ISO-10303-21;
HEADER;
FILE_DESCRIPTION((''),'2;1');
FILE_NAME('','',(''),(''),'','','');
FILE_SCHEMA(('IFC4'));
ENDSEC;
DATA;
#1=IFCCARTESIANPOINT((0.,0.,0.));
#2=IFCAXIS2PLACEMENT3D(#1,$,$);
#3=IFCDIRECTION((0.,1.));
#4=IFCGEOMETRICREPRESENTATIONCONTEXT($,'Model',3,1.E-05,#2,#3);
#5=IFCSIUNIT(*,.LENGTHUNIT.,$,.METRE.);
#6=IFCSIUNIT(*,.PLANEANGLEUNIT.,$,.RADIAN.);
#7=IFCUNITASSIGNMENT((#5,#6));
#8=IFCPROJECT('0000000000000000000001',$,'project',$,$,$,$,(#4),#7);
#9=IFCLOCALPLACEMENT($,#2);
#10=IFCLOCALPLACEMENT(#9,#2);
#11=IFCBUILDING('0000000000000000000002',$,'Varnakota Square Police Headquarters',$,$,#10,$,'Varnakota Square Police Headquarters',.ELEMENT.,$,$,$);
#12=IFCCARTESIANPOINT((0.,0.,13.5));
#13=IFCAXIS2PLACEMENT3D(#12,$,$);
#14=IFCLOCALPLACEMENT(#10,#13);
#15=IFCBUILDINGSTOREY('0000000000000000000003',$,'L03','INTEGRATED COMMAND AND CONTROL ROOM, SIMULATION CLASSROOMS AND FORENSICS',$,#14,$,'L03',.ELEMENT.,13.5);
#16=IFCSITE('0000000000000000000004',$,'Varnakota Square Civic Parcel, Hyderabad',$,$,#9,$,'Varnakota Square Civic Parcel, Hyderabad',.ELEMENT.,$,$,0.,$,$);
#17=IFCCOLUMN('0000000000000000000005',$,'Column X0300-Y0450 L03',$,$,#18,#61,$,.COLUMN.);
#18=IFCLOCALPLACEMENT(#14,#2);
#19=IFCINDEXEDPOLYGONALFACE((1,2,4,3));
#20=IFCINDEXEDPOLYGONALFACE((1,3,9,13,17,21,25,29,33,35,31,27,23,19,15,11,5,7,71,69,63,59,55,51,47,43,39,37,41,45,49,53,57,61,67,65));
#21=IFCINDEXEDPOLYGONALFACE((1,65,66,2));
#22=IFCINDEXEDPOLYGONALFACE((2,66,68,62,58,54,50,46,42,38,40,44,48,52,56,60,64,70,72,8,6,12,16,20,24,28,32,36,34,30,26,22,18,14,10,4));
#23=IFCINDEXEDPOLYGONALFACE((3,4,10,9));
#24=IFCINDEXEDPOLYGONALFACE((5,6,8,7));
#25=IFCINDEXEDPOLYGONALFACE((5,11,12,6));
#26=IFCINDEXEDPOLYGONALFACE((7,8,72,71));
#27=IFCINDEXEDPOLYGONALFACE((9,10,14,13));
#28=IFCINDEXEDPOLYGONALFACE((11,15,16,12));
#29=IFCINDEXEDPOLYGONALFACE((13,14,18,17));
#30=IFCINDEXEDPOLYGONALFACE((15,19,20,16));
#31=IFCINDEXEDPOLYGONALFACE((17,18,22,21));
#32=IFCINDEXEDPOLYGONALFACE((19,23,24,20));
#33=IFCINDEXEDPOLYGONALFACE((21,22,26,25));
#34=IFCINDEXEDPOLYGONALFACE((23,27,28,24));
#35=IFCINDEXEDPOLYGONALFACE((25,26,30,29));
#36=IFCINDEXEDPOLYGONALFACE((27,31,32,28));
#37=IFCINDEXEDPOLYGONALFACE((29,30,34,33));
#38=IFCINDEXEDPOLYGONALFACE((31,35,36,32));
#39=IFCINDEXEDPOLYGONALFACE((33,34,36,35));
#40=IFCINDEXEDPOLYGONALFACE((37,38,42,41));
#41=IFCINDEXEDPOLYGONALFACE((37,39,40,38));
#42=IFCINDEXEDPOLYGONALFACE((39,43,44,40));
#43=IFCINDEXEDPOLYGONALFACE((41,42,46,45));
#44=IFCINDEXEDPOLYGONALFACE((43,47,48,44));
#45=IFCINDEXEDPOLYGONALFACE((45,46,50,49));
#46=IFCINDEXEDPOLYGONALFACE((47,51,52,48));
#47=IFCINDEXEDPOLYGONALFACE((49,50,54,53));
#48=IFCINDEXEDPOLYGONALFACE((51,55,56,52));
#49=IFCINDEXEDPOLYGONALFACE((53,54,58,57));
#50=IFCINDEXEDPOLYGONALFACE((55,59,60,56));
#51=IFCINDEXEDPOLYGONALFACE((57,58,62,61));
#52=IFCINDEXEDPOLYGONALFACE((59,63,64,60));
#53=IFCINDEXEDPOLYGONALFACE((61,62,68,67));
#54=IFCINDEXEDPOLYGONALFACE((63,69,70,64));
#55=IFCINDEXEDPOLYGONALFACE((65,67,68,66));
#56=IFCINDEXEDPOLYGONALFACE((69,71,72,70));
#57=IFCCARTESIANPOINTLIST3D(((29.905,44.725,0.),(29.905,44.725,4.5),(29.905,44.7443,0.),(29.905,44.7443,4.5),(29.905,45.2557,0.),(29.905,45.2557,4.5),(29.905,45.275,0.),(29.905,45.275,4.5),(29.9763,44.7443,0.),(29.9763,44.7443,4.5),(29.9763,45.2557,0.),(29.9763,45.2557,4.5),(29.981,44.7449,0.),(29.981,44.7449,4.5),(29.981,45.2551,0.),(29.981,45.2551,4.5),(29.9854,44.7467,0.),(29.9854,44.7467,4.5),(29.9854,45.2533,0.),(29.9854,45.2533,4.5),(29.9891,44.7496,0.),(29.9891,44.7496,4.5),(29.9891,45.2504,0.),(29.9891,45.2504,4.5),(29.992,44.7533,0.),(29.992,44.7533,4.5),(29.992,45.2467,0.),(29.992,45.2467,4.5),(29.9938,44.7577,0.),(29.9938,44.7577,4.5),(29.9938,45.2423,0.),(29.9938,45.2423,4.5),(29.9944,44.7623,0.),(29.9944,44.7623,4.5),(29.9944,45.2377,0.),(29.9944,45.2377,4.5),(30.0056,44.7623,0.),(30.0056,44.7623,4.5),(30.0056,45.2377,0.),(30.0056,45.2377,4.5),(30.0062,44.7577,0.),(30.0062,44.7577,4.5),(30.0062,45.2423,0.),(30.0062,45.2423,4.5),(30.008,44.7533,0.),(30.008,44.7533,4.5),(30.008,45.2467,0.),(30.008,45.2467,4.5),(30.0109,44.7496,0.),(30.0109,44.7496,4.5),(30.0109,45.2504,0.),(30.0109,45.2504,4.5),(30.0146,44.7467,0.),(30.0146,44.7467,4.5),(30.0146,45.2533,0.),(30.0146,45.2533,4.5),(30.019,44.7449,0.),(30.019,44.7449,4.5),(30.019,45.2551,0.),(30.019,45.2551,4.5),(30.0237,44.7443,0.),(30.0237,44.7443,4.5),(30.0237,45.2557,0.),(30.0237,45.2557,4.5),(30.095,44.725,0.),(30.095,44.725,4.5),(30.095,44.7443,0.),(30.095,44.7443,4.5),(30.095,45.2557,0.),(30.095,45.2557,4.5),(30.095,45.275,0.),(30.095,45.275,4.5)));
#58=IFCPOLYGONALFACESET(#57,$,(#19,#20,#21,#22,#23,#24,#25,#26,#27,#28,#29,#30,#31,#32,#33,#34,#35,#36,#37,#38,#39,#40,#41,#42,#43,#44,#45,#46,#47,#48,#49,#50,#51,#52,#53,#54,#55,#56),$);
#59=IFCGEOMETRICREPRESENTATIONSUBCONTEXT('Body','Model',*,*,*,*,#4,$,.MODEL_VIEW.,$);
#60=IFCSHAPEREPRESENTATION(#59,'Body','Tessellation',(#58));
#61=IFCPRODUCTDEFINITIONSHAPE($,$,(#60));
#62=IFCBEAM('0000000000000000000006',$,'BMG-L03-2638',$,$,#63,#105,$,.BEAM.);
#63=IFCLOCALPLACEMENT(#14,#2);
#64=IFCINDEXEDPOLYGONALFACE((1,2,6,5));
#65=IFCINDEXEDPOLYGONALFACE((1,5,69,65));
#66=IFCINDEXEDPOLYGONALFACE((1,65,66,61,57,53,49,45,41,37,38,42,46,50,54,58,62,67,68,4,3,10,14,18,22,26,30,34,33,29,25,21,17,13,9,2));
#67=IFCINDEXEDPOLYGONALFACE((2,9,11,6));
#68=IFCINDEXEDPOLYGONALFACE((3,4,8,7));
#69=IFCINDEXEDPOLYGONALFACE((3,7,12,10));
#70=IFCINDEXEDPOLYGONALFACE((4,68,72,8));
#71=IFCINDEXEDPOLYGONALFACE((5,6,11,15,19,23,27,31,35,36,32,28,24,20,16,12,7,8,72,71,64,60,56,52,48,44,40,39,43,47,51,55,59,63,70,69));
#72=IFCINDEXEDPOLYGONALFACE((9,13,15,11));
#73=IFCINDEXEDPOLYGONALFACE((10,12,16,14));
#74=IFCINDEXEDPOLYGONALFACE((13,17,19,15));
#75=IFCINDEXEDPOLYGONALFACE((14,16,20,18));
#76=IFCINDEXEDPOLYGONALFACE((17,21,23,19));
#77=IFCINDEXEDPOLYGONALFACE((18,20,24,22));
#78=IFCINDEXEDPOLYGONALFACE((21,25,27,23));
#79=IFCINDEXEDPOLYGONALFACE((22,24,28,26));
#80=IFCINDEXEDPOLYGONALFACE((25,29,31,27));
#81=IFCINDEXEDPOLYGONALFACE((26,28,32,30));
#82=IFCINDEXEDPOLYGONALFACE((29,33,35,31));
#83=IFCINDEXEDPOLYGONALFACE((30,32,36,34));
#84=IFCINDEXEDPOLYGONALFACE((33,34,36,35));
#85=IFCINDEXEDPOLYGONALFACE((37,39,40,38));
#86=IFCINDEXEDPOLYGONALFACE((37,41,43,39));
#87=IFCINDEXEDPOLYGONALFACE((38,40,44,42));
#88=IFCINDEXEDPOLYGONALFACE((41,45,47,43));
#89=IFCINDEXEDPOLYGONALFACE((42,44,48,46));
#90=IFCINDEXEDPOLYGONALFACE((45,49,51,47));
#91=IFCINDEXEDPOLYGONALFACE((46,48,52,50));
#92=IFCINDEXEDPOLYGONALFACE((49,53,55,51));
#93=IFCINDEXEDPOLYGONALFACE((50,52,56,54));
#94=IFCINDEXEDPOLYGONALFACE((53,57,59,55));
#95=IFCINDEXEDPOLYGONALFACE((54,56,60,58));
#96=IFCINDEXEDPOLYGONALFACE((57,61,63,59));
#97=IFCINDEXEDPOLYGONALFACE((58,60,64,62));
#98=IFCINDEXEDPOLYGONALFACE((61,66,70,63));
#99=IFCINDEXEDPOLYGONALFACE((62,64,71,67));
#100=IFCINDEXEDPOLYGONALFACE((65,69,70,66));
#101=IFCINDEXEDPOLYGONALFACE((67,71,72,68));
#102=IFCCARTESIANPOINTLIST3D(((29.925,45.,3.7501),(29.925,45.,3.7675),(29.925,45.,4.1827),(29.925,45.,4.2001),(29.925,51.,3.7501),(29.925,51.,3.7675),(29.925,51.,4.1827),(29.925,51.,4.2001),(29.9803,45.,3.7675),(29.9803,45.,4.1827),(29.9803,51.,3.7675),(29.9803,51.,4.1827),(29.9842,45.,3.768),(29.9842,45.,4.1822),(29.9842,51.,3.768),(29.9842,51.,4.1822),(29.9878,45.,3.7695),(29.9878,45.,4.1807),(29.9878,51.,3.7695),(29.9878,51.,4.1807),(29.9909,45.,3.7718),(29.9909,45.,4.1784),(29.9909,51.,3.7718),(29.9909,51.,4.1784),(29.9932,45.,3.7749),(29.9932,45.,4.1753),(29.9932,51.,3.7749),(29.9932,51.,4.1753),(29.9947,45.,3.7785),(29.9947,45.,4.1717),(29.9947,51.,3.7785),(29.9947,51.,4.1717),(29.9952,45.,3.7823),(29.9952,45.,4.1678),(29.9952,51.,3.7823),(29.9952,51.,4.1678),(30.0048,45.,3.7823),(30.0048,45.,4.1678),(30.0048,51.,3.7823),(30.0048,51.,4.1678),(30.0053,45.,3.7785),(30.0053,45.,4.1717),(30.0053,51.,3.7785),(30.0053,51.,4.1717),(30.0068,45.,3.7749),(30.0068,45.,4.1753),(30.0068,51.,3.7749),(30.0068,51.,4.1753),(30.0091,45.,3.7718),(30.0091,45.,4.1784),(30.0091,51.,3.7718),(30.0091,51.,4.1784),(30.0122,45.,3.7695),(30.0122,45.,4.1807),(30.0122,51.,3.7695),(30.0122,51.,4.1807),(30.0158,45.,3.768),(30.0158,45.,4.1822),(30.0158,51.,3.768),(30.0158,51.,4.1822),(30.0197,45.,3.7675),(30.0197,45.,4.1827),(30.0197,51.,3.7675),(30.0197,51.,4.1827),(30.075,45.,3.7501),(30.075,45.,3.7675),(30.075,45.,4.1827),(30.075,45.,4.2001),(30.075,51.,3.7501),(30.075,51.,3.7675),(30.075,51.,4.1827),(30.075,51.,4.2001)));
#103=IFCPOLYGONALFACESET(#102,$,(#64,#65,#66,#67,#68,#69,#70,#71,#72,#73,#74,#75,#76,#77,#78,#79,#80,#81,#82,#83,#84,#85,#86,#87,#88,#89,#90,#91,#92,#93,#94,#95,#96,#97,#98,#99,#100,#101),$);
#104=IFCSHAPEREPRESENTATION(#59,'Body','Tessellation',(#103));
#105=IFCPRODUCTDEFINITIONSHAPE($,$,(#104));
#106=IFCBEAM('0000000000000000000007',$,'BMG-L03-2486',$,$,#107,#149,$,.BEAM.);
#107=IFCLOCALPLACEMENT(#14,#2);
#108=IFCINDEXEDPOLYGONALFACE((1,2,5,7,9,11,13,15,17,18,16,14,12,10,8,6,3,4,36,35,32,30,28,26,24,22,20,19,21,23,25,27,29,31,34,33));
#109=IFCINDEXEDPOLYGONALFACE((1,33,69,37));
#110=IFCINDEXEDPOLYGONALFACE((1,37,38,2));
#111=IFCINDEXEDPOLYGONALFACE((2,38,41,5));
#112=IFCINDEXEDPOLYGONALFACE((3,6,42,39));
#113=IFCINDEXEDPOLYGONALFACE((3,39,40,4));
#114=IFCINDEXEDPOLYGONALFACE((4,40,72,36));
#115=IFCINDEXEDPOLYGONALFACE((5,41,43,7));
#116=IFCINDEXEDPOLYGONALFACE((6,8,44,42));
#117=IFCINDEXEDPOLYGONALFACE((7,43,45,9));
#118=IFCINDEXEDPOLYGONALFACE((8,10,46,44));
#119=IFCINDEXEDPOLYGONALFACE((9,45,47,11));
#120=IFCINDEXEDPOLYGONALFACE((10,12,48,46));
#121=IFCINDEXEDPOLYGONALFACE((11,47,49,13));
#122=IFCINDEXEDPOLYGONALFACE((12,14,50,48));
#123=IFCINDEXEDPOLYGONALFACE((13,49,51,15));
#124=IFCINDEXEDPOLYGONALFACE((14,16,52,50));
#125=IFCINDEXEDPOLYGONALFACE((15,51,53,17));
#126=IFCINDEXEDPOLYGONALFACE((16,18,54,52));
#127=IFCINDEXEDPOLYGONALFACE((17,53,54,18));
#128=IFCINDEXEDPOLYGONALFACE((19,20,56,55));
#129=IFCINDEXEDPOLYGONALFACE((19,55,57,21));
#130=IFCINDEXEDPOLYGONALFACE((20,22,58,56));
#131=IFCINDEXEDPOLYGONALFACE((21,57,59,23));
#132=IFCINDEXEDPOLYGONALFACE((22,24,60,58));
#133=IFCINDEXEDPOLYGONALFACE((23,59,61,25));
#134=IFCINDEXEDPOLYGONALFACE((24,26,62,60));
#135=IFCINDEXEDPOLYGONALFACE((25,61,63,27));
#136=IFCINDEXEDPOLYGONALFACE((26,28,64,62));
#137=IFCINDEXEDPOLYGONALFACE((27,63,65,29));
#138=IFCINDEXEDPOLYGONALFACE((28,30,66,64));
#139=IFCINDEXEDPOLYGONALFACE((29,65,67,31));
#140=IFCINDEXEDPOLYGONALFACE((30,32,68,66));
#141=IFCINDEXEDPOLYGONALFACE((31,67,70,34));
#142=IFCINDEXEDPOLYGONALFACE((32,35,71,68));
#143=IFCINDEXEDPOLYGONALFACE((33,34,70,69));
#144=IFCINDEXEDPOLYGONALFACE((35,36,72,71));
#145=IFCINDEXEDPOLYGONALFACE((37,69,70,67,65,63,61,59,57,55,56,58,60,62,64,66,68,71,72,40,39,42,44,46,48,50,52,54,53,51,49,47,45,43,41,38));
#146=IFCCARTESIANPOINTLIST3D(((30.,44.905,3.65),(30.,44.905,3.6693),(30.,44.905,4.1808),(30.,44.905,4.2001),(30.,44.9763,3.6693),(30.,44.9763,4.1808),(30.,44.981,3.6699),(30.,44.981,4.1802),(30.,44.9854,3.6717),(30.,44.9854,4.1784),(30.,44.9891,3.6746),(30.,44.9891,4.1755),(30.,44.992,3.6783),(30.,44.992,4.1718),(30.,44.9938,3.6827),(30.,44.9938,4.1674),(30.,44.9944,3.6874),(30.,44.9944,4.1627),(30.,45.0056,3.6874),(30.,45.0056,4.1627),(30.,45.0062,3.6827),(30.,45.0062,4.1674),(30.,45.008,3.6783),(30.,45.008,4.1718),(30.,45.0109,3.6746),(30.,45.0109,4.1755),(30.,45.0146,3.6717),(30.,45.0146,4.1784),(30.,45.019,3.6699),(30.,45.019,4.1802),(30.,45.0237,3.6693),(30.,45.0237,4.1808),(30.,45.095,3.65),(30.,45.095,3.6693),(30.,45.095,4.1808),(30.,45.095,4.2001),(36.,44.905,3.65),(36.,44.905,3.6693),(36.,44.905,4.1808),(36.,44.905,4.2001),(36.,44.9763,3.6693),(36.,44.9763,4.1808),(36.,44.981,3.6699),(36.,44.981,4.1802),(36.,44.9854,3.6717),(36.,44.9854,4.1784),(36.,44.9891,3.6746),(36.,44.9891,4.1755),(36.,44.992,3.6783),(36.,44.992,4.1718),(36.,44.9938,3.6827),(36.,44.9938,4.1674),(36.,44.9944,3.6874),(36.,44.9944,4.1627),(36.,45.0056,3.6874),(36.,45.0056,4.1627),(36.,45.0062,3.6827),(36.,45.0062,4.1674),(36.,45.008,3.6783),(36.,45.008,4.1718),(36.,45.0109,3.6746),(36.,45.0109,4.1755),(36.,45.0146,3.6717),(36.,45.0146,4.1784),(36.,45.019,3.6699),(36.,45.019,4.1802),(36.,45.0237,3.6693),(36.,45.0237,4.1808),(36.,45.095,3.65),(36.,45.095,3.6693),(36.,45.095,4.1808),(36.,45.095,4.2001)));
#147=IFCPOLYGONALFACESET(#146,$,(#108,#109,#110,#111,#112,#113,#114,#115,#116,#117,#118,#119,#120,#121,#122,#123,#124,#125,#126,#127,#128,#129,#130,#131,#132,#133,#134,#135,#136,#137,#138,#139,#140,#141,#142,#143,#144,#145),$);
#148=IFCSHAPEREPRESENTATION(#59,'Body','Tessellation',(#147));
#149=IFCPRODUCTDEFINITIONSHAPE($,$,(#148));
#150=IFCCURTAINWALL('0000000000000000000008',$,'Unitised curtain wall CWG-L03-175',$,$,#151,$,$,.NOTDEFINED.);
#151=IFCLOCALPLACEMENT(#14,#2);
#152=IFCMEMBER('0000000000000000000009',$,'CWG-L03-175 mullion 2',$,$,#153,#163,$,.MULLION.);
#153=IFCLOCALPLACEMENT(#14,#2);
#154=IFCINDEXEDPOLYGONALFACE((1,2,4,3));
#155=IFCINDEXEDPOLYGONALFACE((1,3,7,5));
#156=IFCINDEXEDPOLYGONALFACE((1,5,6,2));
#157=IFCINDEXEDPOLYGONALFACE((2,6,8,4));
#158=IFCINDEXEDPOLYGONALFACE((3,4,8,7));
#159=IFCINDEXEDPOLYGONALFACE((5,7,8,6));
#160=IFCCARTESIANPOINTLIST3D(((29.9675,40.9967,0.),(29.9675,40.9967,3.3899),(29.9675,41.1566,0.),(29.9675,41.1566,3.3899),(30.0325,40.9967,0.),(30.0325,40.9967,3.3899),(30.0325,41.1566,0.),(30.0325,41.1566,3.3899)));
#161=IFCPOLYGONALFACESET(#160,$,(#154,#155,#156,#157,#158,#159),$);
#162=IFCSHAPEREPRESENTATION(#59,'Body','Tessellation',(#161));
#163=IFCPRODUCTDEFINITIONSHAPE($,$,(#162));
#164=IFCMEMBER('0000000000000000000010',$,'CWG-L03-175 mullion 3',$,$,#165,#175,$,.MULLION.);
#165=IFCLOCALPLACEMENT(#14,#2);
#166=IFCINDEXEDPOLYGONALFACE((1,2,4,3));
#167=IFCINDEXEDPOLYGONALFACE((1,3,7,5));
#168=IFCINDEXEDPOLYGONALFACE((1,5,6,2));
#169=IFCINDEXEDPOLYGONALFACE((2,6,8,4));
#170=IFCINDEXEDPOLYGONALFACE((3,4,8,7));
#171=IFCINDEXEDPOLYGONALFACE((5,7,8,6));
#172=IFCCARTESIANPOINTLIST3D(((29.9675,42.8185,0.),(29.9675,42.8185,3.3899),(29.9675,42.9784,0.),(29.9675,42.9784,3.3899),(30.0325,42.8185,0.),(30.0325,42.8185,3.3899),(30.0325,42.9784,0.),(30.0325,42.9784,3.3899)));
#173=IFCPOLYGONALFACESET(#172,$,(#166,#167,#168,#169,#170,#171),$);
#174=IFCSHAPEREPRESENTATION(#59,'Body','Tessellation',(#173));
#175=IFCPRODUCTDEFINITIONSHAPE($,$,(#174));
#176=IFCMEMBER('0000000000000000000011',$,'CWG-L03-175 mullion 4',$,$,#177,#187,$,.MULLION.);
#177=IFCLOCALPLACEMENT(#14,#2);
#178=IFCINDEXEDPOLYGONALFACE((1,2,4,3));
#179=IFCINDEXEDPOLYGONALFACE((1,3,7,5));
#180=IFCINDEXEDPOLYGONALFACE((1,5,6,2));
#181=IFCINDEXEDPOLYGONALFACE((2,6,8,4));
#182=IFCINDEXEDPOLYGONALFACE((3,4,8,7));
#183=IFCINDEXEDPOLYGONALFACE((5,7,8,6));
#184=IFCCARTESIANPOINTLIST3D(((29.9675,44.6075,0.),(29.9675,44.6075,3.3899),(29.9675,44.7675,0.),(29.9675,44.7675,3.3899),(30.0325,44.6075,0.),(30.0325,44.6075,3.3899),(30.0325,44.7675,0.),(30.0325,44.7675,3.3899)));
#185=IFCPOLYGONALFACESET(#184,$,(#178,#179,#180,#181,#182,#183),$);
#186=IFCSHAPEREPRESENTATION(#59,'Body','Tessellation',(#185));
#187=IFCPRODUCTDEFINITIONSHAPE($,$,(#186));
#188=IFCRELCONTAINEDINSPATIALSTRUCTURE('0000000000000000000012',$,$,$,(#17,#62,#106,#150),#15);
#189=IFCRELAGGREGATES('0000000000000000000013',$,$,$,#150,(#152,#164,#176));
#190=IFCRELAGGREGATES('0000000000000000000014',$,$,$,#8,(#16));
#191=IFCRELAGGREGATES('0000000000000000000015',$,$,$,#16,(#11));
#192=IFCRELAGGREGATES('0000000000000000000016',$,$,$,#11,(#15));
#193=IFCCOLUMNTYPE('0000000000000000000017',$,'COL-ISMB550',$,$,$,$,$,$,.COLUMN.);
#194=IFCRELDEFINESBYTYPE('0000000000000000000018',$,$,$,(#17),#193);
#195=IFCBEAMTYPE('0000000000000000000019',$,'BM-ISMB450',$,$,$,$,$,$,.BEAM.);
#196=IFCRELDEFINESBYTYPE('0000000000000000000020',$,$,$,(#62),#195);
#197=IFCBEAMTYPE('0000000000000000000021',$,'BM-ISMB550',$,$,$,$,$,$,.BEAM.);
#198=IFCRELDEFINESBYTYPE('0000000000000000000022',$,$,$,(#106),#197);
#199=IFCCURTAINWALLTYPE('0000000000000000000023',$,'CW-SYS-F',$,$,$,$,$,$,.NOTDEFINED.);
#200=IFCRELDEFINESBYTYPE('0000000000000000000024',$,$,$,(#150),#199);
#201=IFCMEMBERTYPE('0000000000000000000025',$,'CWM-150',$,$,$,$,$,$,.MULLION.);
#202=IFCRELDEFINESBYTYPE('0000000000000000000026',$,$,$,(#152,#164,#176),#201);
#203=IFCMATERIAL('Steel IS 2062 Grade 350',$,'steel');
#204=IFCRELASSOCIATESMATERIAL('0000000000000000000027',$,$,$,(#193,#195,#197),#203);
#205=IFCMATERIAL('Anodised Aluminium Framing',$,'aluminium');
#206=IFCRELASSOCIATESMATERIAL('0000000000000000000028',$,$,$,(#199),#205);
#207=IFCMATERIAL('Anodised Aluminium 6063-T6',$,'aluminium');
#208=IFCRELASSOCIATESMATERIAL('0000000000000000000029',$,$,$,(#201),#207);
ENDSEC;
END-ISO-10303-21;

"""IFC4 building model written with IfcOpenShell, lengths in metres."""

from ifc_helpers import new_model, si_unit, direction, frame, origin, origin_2d, place, context, subcontext, project, spatial, rectangle, i_section, extrude, material, material_profile, profile_set, type_object, element, aggregate, save


model = new_model("IFC4")

# Units and contexts
model_context = context("Model", 3, precision=1e-05, world=origin(), true_north=direction((0.0, 1.0)))
body_context = subcontext(model_context, "Body", "Model", "MODEL_VIEW")
ifc_project = project(units=[si_unit("LENGTHUNIT", "METRE"), si_unit("PLANEANGLEUNIT", "RADIAN")], contexts=[model_context])

# Site, building, storey
site_placement = place(None, origin())
site = spatial("IfcSite", under=ifc_project, at=site_placement, Name="Varnakota Square Civic Parcel, Hyderabad", LongName="Varnakota Square Civic Parcel, Hyderabad", CompositionType="ELEMENT", RefElevation=0.0)
building_placement = place(site_placement, origin())
building = spatial("IfcBuilding", under=site, at=building_placement, Name="Varnakota Square Police Headquarters", LongName="Varnakota Square Police Headquarters", CompositionType="ELEMENT")
storey_placement = place(building_placement, frame((0.0, 0.0, 13.5)))
storey = spatial("IfcBuildingStorey", under=building, at=storey_placement, Name="L03", Description="INTEGRATED COMMAND AND CONTROL ROOM, SIMULATION CLASSROOMS AND FORENSICS", LongName="L03", CompositionType="ELEMENT", Elevation=13.5)

# Column
ifc_material_1 = material(Name="Steel IS 2062 Grade 350", Category="steel")
ifc_material_profile_1 = material_profile(ifc_material_1, i_section(OverallWidth=0.1899, OverallDepth=0.55, WebThickness=0.0112, FlangeThickness=0.0193, FilletRadius=0.0181, at=origin_2d()), Name="ISMB 550")
ifc_profile_set_1 = profile_set([ifc_material_profile_1], Name="Steel IS 2062 Grade 350")
column_type = type_object("IfcColumnType", Name="COL-ISMB550", PredefinedType="COLUMN", material=ifc_profile_set_1)
column_placement = place(storey_placement, frame((30.0, 45.0, 0.0), z_axis=(0.0, 0.0, 1.0), x_axis=(1.0, 0.0, 0.0)))
element("IfcColumn", 1, at=column_placement, inside=storey, type_object=column_type, Name="Column X0300-Y0450 L03", PredefinedType="COLUMN", context=body_context, shape_type="SweptSolid", body=[
    extrude(i_section(OverallWidth=0.1899, OverallDepth=0.55, WebThickness=0.0112, FlangeThickness=0.0193, FilletRadius=0.0181, at=origin_2d()), origin(), (0.0, 0.0, 1.0), 4.5),
])

# Beams
ifc_material_profile_2 = material_profile(ifc_material_1, i_section(OverallWidth=0.1499, OverallDepth=0.45, WebThickness=0.0095, FlangeThickness=0.0173, FilletRadius=0.0149, at=origin_2d()), Name="ISMB 450")
ifc_profile_set_2 = profile_set([ifc_material_profile_2], Name="Steel IS 2062 Grade 350")
beam_type_1 = type_object("IfcBeamType", Name="BM-ISMB450", PredefinedType="BEAM", material=ifc_profile_set_2)
beam_1_placement = place(storey_placement, frame((30.0, 45.0, 3.9751), z_axis=(0.0, 1.0, 0.0), x_axis=(-1.0, 0.0, 0.0)))
element("IfcBeam", 2, at=beam_1_placement, inside=storey, type_object=beam_type_1, Name="BMG-L03-2638", PredefinedType="BEAM", context=body_context, shape_type="SweptSolid", body=[
    extrude(i_section(OverallWidth=0.1499, OverallDepth=0.45, WebThickness=0.0095, FlangeThickness=0.0173, FilletRadius=0.0149, at=origin_2d()), origin(), (0.0, 0.0, 1.0), 6.0),
])
ifc_material_profile_3 = material_profile(ifc_material_1, i_section(OverallWidth=0.1899, OverallDepth=0.55, WebThickness=0.0112, FlangeThickness=0.0193, FilletRadius=0.0181, at=origin_2d()), Name="ISMB 550")
ifc_profile_set_3 = profile_set([ifc_material_profile_3], Name="Steel IS 2062 Grade 350")
beam_type_2 = type_object("IfcBeamType", Name="BM-ISMB550", PredefinedType="BEAM", material=ifc_profile_set_3)
beam_2_placement = place(storey_placement, frame((30.0, 45.0, 3.925), z_axis=(1.0, 0.0, 0.0), x_axis=(0.0, 1.0, 0.0)))
element("IfcBeam", 3, at=beam_2_placement, inside=storey, type_object=beam_type_2, Name="BMG-L03-2486", PredefinedType="BEAM", context=body_context, shape_type="SweptSolid", body=[
    extrude(i_section(OverallWidth=0.1899, OverallDepth=0.55, WebThickness=0.0112, FlangeThickness=0.0193, FilletRadius=0.0181, at=origin_2d()), origin(), (0.0, 0.0, 1.0), 6.0),
])

# Curtain wall, members
ifc_material_2 = material(Name="Anodised Aluminium Framing", Category="aluminium")
curtain_wall_type = type_object("IfcCurtainWallType", Name="CW-SYS-F", PredefinedType="NOTDEFINED", material=ifc_material_2)
curtain_wall_1_placement = place(storey_placement, origin())
curtain_wall_1 = element("IfcCurtainWall", 4, at=curtain_wall_1_placement, inside=storey, type_object=curtain_wall_type, Name="Unitised curtain wall CWG-L03-175", PredefinedType="NOTDEFINED")
ifc_material_3 = material(Name="Anodised Aluminium 6063-T6", Category="aluminium")
ifc_material_profile_4 = material_profile(ifc_material_3, rectangle(XDim=0.0649, YDim=0.1599, at=origin_2d()), Name="ALU MULLION 65x160")
ifc_profile_set_4 = profile_set([ifc_material_profile_4], Name="Anodised Aluminium 6063-T6")
member_type_1 = type_object("IfcMemberType", Name="CWM-150", PredefinedType="MULLION", material=ifc_profile_set_4)
member_1_placement = place(storey_placement, frame((30.0, 41.0767, 0.0), z_axis=(0.0, 0.0, 1.0), x_axis=(-1.0, 0.0, 0.0)))
member_1 = element("IfcMember", 5, at=member_1_placement, type_object=member_type_1, Name="CWG-L03-175 mullion 2", PredefinedType="MULLION", context=body_context, shape_type="SweptSolid", body=[
    extrude(rectangle(XDim=0.0649, YDim=0.1599, at=origin_2d()), origin(), (0.0, 0.0, 1.0), 3.3899),
])
member_2_placement = place(storey_placement, frame((30.0, 42.8984, 0.0), z_axis=(0.0, 0.0, 1.0), x_axis=(-1.0, 0.0, 0.0)))
member_2 = element("IfcMember", 6, at=member_2_placement, type_object=member_type_1, Name="CWG-L03-175 mullion 3", PredefinedType="MULLION", context=body_context, shape_type="SweptSolid", body=[
    extrude(rectangle(XDim=0.0649, YDim=0.1599, at=origin_2d()), origin(), (0.0, 0.0, 1.0), 3.3899),
])
member_3_placement = place(storey_placement, frame((30.0, 44.6875, 0.0), z_axis=(0.0, 0.0, 1.0), x_axis=(-1.0, 0.0, 0.0)))
member_3 = element("IfcMember", 7, at=member_3_placement, type_object=member_type_1, Name="CWG-L03-175 mullion 4", PredefinedType="MULLION", context=body_context, shape_type="SweptSolid", body=[
    extrude(rectangle(XDim=0.0649, YDim=0.1599, at=origin_2d()), origin(), (0.0, 0.0, 1.0), 3.3899),
])

aggregate(curtain_wall_1, [member_1, member_2, member_3])

save(model, "model.ifc")
